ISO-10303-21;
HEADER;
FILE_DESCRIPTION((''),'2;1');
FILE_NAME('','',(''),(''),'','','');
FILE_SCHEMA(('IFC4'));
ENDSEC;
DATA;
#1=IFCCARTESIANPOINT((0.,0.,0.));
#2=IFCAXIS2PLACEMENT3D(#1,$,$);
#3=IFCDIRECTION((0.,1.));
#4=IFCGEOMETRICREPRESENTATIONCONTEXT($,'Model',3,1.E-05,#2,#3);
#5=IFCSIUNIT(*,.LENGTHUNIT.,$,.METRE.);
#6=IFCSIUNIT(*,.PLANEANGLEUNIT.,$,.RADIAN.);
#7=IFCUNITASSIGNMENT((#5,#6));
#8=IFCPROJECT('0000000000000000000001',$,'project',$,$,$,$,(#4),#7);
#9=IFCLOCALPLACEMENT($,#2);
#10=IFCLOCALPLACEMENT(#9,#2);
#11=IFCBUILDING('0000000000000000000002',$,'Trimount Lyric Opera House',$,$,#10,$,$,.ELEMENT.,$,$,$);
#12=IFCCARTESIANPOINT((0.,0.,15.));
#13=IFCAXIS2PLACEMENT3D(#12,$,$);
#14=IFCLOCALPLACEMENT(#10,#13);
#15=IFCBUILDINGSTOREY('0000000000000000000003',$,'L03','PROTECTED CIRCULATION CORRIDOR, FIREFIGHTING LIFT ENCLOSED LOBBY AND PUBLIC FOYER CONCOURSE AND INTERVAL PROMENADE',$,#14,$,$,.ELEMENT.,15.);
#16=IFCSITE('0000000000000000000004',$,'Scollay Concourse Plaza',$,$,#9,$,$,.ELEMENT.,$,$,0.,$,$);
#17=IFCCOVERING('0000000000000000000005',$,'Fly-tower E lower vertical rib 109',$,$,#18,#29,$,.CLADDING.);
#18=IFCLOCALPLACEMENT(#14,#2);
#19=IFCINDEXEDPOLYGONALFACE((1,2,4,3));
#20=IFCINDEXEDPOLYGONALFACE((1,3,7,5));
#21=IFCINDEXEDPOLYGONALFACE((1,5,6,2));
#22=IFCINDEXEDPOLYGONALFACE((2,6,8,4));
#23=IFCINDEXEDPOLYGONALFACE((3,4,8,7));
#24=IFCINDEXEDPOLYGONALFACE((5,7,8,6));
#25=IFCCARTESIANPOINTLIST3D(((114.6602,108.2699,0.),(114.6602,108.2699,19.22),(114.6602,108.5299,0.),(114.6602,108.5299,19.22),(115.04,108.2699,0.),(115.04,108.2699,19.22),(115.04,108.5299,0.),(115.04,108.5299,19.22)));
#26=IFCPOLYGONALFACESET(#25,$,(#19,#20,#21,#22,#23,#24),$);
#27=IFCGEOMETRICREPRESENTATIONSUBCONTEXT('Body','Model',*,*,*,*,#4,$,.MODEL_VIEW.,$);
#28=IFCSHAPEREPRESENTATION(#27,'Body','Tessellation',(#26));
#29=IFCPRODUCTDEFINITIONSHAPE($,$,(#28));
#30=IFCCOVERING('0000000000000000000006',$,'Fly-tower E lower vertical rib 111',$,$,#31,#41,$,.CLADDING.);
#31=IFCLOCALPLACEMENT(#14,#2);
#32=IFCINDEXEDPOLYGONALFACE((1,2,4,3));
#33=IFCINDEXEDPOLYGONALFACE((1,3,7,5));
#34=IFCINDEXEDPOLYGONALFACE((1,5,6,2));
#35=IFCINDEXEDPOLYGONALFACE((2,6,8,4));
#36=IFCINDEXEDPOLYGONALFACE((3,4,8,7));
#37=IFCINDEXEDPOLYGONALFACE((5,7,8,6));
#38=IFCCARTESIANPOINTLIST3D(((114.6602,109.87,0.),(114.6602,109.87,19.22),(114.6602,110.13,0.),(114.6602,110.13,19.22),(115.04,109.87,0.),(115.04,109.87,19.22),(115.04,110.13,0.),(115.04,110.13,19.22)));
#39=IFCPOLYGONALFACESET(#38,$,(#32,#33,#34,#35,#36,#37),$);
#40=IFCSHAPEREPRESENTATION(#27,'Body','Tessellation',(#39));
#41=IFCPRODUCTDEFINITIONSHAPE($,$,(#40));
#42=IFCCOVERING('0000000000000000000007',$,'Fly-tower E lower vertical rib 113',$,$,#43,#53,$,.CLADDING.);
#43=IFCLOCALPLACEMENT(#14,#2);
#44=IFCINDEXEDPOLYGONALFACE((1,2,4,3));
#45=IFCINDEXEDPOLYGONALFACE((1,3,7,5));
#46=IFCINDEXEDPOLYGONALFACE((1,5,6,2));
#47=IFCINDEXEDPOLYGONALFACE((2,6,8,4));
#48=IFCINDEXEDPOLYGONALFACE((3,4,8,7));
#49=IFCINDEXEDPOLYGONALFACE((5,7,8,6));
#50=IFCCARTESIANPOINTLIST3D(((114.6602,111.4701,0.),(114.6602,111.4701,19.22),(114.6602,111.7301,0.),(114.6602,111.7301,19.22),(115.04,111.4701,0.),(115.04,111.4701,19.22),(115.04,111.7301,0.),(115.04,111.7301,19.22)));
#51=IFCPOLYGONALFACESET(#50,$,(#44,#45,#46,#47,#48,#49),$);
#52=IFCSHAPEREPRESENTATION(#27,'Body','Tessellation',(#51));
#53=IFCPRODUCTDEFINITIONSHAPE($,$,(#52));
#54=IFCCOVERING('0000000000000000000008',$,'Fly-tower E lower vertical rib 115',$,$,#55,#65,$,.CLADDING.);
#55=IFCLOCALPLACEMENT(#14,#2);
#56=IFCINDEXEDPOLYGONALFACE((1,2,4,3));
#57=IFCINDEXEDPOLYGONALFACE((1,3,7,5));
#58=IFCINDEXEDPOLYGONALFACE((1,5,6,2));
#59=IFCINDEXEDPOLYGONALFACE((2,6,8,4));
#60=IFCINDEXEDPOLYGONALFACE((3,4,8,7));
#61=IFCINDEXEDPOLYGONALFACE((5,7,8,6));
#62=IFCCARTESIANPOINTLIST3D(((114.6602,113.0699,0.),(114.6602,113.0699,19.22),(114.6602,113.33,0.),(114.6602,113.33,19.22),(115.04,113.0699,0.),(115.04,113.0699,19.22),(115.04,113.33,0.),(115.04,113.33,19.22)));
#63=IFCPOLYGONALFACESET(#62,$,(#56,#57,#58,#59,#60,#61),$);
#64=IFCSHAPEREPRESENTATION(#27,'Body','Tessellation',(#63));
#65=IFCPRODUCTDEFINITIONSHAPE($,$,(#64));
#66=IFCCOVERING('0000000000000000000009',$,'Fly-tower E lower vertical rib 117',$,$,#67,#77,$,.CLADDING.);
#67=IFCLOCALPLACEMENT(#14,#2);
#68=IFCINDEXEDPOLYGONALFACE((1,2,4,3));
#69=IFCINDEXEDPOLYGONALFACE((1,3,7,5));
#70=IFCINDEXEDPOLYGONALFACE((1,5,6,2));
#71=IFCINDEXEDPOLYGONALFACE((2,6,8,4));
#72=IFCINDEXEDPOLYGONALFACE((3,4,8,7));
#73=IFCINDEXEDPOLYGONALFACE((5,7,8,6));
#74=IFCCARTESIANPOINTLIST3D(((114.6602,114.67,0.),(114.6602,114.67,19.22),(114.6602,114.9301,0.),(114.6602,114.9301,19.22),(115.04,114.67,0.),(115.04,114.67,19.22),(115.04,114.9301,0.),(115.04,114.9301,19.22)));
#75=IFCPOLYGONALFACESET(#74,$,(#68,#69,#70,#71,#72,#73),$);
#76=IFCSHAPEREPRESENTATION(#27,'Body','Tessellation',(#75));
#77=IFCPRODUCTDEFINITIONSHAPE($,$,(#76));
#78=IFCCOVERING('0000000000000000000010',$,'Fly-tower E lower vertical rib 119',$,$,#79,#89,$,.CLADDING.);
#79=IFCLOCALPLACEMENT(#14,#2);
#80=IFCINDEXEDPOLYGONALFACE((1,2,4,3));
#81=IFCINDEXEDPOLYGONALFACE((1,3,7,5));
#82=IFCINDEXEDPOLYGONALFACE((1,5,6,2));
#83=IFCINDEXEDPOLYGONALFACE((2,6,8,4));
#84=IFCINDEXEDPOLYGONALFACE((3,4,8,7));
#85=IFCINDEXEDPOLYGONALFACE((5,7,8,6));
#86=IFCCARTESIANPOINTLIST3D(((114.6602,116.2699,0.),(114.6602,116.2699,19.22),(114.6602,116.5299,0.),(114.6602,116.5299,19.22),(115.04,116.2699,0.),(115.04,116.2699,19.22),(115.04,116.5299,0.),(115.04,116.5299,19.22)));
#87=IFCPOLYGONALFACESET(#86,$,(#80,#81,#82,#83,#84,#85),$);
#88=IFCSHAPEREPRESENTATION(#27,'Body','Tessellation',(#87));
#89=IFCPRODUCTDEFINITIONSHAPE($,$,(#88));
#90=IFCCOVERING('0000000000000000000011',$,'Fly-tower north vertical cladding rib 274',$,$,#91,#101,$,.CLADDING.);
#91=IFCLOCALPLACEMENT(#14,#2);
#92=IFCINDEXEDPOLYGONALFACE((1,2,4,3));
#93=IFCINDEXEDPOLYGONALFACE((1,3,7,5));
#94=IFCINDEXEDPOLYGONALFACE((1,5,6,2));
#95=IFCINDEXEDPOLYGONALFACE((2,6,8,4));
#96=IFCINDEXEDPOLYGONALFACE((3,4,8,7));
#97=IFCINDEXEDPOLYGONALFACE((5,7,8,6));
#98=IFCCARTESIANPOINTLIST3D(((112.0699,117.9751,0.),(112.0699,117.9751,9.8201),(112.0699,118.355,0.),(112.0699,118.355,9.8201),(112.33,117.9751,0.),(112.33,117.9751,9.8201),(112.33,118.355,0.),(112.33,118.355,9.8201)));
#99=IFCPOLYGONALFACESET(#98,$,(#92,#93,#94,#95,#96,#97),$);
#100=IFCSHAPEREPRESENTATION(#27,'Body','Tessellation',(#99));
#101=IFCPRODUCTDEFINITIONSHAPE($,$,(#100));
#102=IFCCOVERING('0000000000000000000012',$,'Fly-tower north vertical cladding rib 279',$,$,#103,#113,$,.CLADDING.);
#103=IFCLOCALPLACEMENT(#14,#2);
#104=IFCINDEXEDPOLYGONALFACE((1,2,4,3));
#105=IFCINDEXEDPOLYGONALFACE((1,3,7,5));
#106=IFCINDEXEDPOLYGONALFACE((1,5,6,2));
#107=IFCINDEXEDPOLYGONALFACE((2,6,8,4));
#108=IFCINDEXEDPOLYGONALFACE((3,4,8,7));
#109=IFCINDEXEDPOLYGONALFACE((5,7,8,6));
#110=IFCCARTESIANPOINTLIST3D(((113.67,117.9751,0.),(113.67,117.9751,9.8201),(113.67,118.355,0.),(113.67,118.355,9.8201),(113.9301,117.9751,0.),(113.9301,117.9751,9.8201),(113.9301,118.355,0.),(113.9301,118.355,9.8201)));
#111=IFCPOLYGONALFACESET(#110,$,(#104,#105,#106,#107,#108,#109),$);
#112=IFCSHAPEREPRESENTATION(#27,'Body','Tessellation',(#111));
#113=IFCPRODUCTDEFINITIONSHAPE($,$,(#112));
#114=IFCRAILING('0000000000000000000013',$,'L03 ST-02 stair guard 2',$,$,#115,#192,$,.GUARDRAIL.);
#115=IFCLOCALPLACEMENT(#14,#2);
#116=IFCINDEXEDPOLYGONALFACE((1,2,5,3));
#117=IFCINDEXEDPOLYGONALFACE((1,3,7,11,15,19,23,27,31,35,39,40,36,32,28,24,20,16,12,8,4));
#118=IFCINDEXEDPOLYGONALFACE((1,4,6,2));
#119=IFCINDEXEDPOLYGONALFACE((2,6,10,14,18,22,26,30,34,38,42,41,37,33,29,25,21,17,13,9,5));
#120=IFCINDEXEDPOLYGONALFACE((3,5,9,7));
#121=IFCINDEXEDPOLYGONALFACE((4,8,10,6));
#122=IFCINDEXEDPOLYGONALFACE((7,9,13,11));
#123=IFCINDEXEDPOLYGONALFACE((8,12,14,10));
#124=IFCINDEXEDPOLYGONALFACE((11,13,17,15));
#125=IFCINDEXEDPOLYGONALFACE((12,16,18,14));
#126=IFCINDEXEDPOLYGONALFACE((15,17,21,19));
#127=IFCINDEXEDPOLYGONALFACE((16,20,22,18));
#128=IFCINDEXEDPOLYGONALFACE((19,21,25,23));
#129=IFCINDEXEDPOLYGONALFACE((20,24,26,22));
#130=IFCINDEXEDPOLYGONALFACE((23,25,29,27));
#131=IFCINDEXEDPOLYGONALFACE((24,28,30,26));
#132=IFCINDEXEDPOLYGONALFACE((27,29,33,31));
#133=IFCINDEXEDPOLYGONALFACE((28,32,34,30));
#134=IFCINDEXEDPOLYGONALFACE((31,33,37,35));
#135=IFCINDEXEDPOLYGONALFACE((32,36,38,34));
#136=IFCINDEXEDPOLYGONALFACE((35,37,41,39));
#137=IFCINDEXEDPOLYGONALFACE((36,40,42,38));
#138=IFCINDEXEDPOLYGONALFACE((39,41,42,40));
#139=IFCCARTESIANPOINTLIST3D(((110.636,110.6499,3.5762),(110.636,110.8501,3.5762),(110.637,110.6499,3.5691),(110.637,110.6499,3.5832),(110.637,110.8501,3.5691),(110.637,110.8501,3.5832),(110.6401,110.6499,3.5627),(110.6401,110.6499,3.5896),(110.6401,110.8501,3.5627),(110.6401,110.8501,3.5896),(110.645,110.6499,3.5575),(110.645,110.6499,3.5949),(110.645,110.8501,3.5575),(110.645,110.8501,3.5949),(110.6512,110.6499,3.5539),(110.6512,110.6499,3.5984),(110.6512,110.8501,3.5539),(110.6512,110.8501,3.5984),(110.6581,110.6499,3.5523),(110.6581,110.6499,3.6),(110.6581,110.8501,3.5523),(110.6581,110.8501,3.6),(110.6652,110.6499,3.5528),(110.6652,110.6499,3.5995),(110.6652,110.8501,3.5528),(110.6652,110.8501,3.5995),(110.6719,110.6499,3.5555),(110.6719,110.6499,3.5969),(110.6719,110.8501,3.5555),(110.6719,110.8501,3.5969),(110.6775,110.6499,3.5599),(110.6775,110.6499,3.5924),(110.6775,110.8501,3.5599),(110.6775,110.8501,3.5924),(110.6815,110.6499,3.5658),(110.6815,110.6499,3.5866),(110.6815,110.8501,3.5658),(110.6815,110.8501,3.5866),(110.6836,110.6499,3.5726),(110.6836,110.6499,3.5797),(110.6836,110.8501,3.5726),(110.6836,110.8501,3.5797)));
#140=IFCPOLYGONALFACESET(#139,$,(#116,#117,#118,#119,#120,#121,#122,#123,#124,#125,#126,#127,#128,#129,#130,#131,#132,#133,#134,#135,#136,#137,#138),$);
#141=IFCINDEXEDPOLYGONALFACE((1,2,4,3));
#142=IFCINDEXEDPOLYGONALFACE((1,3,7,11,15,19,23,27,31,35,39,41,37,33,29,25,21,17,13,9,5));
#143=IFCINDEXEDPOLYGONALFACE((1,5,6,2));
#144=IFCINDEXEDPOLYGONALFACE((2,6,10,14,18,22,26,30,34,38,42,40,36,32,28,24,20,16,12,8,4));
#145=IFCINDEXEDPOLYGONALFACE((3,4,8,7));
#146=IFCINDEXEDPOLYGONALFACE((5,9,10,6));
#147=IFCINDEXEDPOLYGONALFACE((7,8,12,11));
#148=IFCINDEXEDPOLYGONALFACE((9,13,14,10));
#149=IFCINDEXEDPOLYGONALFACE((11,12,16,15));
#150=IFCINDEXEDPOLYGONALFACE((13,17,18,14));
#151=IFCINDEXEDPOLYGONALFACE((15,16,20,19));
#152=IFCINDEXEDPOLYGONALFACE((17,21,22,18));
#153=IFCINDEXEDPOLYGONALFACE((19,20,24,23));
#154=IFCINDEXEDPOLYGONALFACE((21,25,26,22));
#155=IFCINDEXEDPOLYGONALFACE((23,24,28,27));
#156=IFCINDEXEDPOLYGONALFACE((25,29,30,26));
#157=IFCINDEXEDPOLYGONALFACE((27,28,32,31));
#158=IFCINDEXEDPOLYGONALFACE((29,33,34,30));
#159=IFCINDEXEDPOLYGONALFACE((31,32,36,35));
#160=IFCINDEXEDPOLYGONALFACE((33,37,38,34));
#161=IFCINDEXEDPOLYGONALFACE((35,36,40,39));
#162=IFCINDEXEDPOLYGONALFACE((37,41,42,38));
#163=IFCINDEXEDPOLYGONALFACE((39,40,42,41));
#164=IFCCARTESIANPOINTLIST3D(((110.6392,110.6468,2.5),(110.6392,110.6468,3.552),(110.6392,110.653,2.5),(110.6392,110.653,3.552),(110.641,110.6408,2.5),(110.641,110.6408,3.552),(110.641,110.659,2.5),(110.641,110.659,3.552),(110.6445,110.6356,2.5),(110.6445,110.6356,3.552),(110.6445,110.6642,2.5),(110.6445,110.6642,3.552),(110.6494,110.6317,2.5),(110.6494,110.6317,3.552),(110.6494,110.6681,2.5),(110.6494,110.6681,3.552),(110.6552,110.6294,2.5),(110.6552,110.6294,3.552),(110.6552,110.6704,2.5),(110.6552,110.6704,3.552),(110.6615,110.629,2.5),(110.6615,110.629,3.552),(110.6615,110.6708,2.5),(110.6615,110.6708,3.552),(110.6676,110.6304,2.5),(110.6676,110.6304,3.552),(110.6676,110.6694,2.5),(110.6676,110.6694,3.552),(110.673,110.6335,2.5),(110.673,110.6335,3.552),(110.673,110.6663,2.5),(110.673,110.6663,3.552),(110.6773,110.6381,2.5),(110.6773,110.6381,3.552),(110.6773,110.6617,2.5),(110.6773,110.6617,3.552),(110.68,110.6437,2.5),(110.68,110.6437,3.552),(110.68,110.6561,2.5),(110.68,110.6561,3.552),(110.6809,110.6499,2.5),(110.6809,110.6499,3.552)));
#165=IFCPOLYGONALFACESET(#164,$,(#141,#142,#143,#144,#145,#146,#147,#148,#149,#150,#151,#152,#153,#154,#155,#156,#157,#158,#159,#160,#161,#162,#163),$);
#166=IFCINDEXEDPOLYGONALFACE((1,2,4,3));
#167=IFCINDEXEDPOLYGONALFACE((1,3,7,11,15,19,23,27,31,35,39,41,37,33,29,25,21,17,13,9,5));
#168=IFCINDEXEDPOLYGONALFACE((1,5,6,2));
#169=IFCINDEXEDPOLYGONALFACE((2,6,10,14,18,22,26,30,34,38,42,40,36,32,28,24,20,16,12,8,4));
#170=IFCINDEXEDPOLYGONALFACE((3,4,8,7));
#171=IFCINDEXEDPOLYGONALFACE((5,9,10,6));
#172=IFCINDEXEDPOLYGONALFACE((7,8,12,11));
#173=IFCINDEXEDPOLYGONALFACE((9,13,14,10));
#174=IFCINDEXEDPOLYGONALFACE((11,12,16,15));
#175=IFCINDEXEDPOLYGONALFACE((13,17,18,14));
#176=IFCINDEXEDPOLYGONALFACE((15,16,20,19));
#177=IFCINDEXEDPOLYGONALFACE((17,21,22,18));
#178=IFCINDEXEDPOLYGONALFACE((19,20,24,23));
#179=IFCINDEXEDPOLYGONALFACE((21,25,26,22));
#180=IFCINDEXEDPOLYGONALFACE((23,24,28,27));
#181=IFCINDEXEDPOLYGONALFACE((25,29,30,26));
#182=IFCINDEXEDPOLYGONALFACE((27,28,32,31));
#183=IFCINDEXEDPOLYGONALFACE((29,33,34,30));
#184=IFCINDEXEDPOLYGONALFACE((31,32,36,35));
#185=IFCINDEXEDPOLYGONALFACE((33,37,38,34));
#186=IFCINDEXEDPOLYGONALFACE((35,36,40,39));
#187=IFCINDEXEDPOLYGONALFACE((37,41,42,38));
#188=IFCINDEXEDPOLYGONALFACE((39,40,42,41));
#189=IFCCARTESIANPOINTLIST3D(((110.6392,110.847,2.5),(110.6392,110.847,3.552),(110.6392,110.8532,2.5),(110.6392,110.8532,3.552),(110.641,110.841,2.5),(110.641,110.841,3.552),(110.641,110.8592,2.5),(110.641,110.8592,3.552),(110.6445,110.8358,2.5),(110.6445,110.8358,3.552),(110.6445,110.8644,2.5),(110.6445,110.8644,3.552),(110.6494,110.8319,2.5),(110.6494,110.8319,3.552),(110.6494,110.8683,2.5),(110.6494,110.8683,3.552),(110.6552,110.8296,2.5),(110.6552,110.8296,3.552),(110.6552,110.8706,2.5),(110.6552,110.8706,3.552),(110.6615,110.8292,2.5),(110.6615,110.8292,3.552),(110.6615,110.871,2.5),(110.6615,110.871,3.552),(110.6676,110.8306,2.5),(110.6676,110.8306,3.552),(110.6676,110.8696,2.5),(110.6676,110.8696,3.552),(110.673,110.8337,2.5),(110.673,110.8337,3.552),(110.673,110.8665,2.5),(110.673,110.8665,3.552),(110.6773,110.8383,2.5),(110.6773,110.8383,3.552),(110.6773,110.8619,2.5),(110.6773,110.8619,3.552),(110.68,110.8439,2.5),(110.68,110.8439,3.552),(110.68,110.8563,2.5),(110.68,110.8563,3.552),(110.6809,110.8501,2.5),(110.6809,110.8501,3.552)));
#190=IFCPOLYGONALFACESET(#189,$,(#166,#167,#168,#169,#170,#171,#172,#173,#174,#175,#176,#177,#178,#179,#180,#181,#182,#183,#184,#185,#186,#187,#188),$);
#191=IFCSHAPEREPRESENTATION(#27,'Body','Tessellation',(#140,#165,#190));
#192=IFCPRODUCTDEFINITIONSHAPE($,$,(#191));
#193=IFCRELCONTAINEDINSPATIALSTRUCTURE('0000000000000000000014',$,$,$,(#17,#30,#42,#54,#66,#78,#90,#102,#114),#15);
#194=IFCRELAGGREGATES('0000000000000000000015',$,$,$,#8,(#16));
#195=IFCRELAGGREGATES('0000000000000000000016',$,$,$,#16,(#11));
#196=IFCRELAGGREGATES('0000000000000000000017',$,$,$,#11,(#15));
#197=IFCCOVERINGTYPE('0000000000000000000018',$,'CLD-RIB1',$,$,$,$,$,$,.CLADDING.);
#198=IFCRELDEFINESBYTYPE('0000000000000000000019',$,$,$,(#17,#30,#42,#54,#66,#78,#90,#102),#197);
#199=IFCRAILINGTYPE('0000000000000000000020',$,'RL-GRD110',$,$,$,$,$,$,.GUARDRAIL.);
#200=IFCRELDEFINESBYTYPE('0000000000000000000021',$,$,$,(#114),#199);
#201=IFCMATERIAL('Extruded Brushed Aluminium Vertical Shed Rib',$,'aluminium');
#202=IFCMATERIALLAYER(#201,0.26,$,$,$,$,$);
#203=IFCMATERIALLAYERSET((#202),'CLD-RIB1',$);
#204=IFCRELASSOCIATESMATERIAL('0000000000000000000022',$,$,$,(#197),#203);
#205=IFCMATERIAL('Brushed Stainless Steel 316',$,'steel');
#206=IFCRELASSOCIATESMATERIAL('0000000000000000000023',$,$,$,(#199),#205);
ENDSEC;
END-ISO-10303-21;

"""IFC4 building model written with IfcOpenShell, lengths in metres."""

from ifc_helpers import new_model, si_unit, direction, frame, origin, origin_2d, place, context, subcontext, project, spatial, rectangle, circle, extrude, material, layer, layer_set, type_object, element, save


model = new_model("IFC4")

# Units and contexts
model_context = context("Model", 3, precision=1e-05, world=origin(), true_north=direction((0.0, 1.0)))
body_context = subcontext(model_context, "Body", "Model", "MODEL_VIEW")
ifc_project = project(units=[si_unit("LENGTHUNIT", "METRE"), si_unit("PLANEANGLEUNIT", "RADIAN")], contexts=[model_context])

# Site, building, storey
site_placement = place(None, origin())
site = spatial("IfcSite", under=ifc_project, at=site_placement, Name="Scollay Concourse Plaza", CompositionType="ELEMENT", RefElevation=0.0)
building_placement = place(site_placement, origin())
building = spatial("IfcBuilding", under=site, at=building_placement, Name="Trimount Lyric Opera House", CompositionType="ELEMENT")
storey_placement = place(building_placement, frame((0.0, 0.0, 15.0)))
storey = spatial("IfcBuildingStorey", under=building, at=storey_placement, Name="L03", Description="PROTECTED CIRCULATION CORRIDOR, FIREFIGHTING LIFT ENCLOSED LOBBY AND PUBLIC FOYER CONCOURSE AND INTERVAL PROMENADE", CompositionType="ELEMENT", Elevation=15.0)

# Coverings
ifc_material_1 = material(Name="Extruded Brushed Aluminium Vertical Shed Rib", Category="aluminium")
ifc_layer_1 = layer(ifc_material_1, 0.26)
ifc_layer_set_1 = layer_set([ifc_layer_1], Name="CLD-RIB1")
covering_type = type_object("IfcCoveringType", Name="CLD-RIB1", PredefinedType="CLADDING", material=ifc_layer_set_1)
for number, where, z_axis, x_axis, name in (
    (1, (114.8501, 108.3999, 0.0), (0.0, 0.0, 1.0), (1.0, 0.0, 0.0), "Fly-tower E lower vertical rib 109"),
    (2, (114.8501, 110.0, 0.0), (0.0, 0.0, 1.0), (1.0, 0.0, 0.0), "Fly-tower E lower vertical rib 111"),
    (3, (114.8501, 111.6001, 0.0), (0.0, 0.0, 1.0), (1.0, 0.0, 0.0), "Fly-tower E lower vertical rib 113"),
    (4, (114.8501, 113.2, 0.0), (0.0, 0.0, 1.0), (1.0, 0.0, 0.0), "Fly-tower E lower vertical rib 115"),
    (5, (114.8501, 114.8, 0.0), (0.0, 0.0, 1.0), (1.0, 0.0, 0.0), "Fly-tower E lower vertical rib 117"),
    (6, (114.8501, 116.3999, 0.0), (0.0, 0.0, 1.0), (1.0, 0.0, 0.0), "Fly-tower E lower vertical rib 119"),
):
    element("IfcCovering", number, at=place(storey_placement, frame(where, z_axis=z_axis, x_axis=x_axis)), inside=storey, type_object=covering_type, Name=name, PredefinedType="CLADDING", context=body_context, shape_type="SweptSolid", body=[
        extrude(rectangle(XDim=0.3799, YDim=0.26, at=origin_2d()), origin(), (0.0, 0.0, 1.0), 19.22),
    ])
for number, where, z_axis, x_axis, name in (
    (7, (112.2, 118.165, 0.0), (0.0, 0.0, 1.0), (1.0, 0.0, 0.0), "Fly-tower north vertical cladding rib 274"),
    (8, (113.8, 118.165, 0.0), (0.0, 0.0, 1.0), (1.0, 0.0, 0.0), "Fly-tower north vertical cladding rib 279"),
):
    element("IfcCovering", number, at=place(storey_placement, frame(where, z_axis=z_axis, x_axis=x_axis)), inside=storey, type_object=covering_type, Name=name, PredefinedType="CLADDING", context=body_context, shape_type="SweptSolid", body=[
        extrude(rectangle(XDim=0.26, YDim=0.3799, at=origin_2d()), origin(), (0.0, 0.0, 1.0), 9.8201),
    ])

# Railing
ifc_material_2 = material(Name="Brushed Stainless Steel 316", Category="steel")
railing_type_1 = type_object("IfcRailingType", Name="RL-GRD110", PredefinedType="GUARDRAIL", material=ifc_material_2)
railing_1_placement = place(storey_placement, frame((110.6599, 110.6499, 2.5)))
element("IfcRailing", 9, at=railing_1_placement, inside=storey, type_object=railing_type_1, Name="L03 ST-02 stair guard 2", PredefinedType="GUARDRAIL", context=body_context, shape_type="SweptSolid", body=[
    extrude(circle(Radius=0.0239, at=origin_2d()), frame((0.0, 0.0, 1.0762), z_axis=(0.0, 1.0, 0.0), x_axis=(-1.0, 0.0, 0.0)), (0.0, 0.0, 1.0), 0.2002),
    extrude(circle(Radius=0.021, at=origin_2d()), origin(), (0.0, 0.0, 1.0), 1.052),
    extrude(circle(Radius=0.021, at=origin_2d()), frame((0.0, 0.2002, 0.0)), (0.0, 0.0, 1.0), 1.052),
])

save(model, "model.ifc")
